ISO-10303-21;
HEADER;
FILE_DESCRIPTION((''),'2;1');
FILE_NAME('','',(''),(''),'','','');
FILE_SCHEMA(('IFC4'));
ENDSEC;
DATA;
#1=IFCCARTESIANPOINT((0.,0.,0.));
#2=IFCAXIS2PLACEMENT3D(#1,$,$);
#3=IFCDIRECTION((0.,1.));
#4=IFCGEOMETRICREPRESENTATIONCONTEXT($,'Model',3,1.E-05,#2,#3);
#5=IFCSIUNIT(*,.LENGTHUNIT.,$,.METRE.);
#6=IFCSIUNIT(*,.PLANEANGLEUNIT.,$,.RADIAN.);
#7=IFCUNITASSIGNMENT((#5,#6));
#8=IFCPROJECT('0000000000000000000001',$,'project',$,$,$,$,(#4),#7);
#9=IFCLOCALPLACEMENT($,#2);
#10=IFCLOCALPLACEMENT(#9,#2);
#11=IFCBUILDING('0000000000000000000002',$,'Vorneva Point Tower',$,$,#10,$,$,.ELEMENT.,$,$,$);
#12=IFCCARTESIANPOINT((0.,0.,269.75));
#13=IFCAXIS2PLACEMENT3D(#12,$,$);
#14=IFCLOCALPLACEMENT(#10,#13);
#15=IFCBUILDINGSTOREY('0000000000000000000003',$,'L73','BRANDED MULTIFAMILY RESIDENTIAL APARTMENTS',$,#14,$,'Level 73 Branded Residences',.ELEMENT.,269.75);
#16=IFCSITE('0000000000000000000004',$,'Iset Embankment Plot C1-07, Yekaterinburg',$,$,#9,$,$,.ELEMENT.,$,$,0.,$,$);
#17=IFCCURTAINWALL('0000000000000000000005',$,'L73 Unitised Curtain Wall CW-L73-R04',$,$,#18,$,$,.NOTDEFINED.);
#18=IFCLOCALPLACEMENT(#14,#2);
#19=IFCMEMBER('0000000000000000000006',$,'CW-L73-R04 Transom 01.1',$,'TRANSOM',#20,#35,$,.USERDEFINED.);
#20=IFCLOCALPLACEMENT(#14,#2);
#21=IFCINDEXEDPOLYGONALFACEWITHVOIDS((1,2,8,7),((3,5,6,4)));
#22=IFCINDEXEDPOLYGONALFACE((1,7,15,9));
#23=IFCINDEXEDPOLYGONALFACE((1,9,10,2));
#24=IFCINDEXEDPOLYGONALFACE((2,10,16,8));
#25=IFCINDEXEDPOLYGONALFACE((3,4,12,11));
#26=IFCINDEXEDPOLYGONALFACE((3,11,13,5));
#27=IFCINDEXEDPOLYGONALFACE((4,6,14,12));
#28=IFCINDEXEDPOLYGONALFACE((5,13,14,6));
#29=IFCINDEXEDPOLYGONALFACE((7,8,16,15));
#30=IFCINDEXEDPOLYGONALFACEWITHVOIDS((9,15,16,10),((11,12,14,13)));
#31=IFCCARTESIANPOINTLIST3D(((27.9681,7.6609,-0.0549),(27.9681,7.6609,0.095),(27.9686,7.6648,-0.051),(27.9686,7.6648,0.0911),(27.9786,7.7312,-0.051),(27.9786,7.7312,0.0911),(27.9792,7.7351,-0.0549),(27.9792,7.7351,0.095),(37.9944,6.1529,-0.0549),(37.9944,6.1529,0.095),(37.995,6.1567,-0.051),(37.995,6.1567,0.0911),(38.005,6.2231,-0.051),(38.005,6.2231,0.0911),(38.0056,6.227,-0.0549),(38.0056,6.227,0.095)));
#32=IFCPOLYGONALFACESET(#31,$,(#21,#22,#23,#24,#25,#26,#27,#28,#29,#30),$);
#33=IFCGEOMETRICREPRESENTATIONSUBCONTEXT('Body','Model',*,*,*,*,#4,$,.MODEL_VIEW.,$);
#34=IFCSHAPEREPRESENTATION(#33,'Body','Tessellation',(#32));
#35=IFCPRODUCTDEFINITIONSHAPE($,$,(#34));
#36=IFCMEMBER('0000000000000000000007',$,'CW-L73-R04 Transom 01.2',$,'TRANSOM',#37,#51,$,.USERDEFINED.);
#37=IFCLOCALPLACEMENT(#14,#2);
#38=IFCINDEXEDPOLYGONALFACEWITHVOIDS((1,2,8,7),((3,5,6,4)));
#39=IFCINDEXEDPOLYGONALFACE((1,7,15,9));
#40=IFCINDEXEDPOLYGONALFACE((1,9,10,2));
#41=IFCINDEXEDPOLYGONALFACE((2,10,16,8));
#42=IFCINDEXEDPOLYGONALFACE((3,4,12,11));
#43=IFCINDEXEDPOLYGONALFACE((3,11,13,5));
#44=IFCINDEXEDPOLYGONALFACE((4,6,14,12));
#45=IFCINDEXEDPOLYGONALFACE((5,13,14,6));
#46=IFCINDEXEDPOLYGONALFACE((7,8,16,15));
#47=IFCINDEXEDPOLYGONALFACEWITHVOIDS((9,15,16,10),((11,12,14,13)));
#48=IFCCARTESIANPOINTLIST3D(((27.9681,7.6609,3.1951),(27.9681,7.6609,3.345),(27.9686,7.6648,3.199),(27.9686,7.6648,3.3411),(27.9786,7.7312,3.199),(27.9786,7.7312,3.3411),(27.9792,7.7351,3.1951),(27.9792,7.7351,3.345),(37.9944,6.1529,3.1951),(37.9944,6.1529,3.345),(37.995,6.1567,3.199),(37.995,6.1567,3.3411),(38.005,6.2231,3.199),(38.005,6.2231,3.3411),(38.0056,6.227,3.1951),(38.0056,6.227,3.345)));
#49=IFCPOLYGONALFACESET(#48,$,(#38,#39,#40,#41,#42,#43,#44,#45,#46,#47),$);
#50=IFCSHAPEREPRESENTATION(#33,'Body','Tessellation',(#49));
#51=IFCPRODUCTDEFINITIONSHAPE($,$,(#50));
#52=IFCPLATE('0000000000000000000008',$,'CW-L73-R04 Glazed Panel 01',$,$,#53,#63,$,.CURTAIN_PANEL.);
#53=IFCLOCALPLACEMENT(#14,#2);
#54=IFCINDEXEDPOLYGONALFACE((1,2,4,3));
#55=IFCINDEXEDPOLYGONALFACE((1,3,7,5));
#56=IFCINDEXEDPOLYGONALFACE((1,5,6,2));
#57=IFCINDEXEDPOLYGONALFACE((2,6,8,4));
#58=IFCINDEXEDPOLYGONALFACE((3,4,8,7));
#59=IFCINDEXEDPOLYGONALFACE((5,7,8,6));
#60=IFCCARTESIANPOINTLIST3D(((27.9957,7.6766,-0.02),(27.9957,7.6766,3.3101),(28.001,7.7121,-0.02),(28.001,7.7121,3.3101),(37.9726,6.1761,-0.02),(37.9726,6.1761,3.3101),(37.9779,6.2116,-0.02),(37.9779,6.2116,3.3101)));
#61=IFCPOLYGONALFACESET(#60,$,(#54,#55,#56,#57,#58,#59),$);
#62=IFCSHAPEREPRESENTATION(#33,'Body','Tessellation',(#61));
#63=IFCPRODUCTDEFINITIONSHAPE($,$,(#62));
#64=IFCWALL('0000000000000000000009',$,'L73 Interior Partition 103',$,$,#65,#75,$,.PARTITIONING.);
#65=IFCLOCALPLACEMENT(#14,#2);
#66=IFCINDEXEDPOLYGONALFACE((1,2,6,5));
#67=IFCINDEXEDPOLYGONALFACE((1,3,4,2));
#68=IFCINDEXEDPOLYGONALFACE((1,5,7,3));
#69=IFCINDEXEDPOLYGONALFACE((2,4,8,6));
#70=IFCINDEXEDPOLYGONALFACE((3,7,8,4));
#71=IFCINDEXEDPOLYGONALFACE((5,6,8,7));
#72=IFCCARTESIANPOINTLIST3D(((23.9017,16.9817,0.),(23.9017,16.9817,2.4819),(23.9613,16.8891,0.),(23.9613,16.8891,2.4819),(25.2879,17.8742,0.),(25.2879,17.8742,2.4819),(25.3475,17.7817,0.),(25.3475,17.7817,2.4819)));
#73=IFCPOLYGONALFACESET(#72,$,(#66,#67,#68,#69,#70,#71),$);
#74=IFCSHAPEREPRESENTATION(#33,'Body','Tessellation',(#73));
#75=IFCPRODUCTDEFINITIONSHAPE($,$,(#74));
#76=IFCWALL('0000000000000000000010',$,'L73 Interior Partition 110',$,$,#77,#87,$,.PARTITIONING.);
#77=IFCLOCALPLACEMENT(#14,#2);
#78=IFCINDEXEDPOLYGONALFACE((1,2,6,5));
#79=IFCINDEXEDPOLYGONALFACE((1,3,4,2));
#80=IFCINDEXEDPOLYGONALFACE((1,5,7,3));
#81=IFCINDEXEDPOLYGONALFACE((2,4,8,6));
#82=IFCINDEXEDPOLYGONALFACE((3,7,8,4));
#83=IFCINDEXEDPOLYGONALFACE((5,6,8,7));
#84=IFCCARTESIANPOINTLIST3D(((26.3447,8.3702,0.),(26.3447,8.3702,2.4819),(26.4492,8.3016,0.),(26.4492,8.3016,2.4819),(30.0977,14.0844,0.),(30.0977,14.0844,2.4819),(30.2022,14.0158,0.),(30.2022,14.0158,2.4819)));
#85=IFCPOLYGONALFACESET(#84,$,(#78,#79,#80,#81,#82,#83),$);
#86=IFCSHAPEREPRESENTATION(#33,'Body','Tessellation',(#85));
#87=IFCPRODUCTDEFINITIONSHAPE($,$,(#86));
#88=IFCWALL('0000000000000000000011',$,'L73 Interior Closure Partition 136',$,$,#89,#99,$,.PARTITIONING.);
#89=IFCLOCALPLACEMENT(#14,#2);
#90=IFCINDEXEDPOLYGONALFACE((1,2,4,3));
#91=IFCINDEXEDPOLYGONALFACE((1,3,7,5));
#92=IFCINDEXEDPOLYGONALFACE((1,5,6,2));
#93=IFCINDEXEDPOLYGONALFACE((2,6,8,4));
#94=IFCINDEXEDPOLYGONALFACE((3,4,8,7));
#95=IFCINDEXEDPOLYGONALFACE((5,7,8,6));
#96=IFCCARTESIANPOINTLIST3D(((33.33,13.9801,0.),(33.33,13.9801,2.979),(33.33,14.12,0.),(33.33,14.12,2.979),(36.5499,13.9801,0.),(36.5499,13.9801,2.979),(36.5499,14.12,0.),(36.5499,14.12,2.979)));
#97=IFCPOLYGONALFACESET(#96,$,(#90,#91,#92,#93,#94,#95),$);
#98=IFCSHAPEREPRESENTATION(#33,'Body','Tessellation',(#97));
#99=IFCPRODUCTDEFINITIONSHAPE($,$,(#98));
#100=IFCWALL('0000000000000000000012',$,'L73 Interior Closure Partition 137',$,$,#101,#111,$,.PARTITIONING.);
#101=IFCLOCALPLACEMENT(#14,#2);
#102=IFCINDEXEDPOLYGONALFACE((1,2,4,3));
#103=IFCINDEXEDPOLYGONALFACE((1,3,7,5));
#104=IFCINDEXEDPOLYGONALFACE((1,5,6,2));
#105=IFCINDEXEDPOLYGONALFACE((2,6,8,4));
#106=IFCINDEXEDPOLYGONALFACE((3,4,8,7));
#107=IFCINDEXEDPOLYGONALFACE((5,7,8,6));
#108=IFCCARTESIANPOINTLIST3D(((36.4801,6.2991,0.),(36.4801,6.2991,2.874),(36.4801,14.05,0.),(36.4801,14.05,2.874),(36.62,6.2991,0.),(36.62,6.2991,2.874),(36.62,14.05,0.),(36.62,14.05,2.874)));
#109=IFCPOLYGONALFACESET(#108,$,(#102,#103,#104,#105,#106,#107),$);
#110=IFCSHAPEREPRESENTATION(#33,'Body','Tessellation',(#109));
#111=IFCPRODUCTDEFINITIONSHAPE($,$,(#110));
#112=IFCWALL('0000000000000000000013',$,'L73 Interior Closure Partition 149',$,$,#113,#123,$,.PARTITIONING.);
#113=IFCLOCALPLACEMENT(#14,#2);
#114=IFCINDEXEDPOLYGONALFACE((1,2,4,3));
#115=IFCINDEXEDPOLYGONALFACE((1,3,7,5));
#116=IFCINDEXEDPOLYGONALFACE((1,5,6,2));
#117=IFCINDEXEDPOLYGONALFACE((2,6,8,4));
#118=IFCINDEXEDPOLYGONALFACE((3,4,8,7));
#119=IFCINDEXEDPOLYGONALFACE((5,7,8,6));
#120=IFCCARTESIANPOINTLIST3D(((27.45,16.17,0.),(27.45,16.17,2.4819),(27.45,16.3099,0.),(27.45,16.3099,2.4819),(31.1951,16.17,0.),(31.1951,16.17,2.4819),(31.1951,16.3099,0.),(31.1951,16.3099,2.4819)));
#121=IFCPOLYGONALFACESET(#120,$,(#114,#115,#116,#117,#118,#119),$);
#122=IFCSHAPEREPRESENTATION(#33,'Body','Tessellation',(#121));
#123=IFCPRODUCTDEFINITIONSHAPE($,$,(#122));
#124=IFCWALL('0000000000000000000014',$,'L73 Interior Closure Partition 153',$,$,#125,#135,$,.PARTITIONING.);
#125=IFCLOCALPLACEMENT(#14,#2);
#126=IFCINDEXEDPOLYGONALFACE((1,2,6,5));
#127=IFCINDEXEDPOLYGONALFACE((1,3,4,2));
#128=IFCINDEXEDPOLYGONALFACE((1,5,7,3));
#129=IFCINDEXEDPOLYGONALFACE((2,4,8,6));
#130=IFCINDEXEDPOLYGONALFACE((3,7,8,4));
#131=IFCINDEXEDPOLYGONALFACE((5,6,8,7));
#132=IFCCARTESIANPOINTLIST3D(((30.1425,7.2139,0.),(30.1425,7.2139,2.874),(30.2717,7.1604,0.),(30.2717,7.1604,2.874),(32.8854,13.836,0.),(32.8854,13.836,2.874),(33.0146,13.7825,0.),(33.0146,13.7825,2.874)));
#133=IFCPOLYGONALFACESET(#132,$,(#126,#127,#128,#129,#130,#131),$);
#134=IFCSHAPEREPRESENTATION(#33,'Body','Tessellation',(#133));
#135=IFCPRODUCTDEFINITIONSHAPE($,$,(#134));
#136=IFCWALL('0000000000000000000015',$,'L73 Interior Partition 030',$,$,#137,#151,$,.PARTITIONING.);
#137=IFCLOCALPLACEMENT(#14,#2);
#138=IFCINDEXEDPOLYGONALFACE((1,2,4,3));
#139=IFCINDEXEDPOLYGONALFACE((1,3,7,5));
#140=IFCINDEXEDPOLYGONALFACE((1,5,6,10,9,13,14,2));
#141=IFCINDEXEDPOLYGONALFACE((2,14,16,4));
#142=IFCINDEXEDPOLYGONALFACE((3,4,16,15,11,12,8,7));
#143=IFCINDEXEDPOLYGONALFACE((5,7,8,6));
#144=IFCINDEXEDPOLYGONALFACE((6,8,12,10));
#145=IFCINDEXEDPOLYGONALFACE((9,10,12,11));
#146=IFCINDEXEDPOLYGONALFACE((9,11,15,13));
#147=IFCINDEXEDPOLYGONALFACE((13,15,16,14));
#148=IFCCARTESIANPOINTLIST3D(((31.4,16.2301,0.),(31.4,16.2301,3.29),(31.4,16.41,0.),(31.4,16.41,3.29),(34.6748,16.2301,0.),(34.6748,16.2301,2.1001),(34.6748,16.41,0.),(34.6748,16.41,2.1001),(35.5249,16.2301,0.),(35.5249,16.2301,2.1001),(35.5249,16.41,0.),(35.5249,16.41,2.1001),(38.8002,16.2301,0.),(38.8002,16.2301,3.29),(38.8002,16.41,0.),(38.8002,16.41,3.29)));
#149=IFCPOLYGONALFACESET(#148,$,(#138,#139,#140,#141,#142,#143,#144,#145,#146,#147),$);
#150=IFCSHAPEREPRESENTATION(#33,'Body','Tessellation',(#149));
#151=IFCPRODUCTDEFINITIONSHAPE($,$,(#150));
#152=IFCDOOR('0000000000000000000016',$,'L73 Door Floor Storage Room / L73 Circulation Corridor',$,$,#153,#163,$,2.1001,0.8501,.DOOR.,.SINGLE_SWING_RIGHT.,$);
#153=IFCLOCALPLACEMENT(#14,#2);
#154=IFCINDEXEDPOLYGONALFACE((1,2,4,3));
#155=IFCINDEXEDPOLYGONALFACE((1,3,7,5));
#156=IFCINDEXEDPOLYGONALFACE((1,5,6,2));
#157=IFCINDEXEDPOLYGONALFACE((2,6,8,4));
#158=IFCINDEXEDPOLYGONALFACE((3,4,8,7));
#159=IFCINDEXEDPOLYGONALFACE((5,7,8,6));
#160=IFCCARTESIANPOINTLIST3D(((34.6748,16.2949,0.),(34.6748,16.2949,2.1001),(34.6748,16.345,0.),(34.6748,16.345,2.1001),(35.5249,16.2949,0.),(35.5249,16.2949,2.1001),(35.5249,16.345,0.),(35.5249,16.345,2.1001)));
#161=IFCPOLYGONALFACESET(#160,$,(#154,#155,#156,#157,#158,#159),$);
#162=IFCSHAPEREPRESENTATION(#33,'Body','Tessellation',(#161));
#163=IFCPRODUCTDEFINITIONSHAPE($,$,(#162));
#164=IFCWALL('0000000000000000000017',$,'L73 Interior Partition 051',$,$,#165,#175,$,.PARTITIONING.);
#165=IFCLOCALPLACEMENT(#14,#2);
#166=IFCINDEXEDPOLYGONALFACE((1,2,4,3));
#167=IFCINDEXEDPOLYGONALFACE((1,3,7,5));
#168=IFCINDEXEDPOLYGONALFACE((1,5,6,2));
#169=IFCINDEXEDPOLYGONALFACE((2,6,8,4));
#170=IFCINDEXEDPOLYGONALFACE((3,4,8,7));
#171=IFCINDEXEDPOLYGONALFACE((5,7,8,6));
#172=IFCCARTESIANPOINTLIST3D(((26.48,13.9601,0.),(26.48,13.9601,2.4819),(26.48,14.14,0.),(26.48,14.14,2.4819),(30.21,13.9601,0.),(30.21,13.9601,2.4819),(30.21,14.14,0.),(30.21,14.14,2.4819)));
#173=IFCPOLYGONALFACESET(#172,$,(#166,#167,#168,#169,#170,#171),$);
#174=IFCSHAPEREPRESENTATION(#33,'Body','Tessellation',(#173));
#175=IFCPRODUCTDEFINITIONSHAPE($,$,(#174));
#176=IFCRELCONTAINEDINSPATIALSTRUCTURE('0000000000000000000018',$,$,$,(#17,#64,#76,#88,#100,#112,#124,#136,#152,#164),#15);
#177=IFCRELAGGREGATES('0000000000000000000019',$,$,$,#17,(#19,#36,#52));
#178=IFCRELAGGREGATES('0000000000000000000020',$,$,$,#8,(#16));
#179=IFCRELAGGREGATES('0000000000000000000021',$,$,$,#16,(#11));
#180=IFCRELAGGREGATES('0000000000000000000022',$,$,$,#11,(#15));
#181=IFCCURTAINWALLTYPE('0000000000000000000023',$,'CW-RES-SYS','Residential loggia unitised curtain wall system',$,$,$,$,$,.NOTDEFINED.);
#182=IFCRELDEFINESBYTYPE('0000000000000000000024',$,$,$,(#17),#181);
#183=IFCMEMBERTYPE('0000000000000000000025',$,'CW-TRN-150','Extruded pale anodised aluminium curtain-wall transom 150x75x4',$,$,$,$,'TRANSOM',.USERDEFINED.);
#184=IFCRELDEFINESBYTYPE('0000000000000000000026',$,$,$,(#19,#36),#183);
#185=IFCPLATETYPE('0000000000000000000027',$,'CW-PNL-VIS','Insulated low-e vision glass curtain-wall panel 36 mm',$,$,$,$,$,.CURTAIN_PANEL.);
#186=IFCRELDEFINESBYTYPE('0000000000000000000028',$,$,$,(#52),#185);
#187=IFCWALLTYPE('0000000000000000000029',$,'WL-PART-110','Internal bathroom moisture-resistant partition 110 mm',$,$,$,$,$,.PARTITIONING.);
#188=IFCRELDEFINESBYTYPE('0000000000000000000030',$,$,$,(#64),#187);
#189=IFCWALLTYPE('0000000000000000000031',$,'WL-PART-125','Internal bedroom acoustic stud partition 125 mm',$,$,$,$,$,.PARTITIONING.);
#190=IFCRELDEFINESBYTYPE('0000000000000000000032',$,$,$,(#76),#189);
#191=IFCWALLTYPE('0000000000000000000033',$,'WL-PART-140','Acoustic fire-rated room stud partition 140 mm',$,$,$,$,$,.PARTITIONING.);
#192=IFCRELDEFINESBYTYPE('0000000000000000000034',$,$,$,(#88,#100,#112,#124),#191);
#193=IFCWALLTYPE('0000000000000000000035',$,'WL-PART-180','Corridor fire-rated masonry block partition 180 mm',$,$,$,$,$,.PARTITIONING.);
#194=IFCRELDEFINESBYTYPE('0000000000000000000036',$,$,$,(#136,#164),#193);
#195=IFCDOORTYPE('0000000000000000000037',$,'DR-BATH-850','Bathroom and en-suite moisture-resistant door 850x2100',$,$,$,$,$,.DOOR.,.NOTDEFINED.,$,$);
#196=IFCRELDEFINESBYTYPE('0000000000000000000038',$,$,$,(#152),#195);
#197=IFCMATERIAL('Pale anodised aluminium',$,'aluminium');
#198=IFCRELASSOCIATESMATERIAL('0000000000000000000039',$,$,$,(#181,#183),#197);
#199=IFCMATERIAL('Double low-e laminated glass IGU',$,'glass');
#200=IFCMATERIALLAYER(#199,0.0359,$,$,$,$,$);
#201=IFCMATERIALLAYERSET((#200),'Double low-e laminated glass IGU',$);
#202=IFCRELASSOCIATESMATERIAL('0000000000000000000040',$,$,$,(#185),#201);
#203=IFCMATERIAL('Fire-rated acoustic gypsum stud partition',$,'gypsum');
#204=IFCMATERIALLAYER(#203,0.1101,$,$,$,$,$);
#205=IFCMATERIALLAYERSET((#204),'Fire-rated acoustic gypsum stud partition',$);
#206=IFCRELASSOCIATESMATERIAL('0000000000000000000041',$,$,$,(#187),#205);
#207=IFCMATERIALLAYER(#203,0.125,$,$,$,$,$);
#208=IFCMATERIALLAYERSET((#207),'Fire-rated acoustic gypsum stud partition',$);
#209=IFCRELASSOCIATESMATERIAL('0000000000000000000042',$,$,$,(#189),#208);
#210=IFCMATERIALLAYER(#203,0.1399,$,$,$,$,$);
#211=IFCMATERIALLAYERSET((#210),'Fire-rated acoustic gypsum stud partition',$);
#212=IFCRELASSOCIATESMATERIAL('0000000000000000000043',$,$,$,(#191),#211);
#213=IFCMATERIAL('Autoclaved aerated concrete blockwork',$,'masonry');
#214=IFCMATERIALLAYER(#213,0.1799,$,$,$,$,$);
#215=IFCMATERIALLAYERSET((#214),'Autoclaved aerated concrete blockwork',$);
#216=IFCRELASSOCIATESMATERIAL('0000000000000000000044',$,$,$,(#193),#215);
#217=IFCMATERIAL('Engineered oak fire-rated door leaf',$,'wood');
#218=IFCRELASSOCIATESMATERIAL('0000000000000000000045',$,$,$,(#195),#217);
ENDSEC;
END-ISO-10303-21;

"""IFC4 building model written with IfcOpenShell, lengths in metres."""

from ifc_helpers import new_model, si_unit, direction, frame, frame_2d, origin, origin_2d, place, context, subcontext, project, spatial, rectangle, hollow_rectangle, extrude, material, layer, layer_set, material_profile, profile_set, type_object, element, fill, aggregate, save


model = new_model("IFC4")

# Units and contexts
model_context = context("Model", 3, precision=1e-05, world=origin(), true_north=direction((0.0, 1.0)))
body_context = subcontext(model_context, "Body", "Model", "MODEL_VIEW")
ifc_project = project(units=[si_unit("LENGTHUNIT", "METRE"), si_unit("PLANEANGLEUNIT", "RADIAN")], contexts=[model_context])

# Site, building, storey
site_placement = place(None, origin())
site = spatial("IfcSite", under=ifc_project, at=site_placement, Name="Iset Embankment Plot C1-07, Yekaterinburg", CompositionType="ELEMENT", RefElevation=0.0)
building_placement = place(site_placement, origin())
building = spatial("IfcBuilding", under=site, at=building_placement, Name="Vorneva Point Tower", CompositionType="ELEMENT")
storey_placement = place(building_placement, frame((0.0, 0.0, 269.75)))
storey = spatial("IfcBuildingStorey", under=building, at=storey_placement, Name="L73", Description="BRANDED MULTIFAMILY RESIDENTIAL APARTMENTS", LongName="Level 73 Branded Residences", CompositionType="ELEMENT", Elevation=269.75)

# Curtain wall, members, plate
ifc_material_1 = material(Name="Pale anodised aluminium", Category="aluminium")
curtain_wall_type = type_object("IfcCurtainWallType", Name="CW-RES-SYS", Description="Residential loggia unitised curtain wall system", PredefinedType="NOTDEFINED", material=ifc_material_1)
curtain_wall_placement = place(storey_placement, origin())
curtain_wall = element("IfcCurtainWall", 1, at=curtain_wall_placement, inside=storey, type_object=curtain_wall_type, Name="L73 Unitised Curtain Wall CW-L73-R04", PredefinedType="NOTDEFINED")
ifc_material_profile_1 = material_profile(ifc_material_1, hollow_rectangle(XDim=0.075, YDim=0.1499, WallThickness=0.0039, at=origin_2d()), Name="AL-TRN 150x75x4")
ifc_profile_set_1 = profile_set([ifc_material_profile_1], Name="Pale anodised aluminium")
member_type_1 = type_object("IfcMemberType", Name="CW-TRN-150", Description="Extruded pale anodised aluminium curtain-wall transom 150x75x4", ElementType="TRANSOM", PredefinedType="USERDEFINED", material=ifc_profile_set_1)
member_1_placement = place(storey_placement, frame((27.9736, 7.698, 0.02), z_axis=(0.988877, -0.148736, 0.0), x_axis=(0.148736, 0.988877, 0.0)))
member_1 = element("IfcMember", 2, at=member_1_placement, type_object=member_type_1, Name="CW-L73-R04 Transom 01.1", ObjectType="TRANSOM", PredefinedType="USERDEFINED", context=body_context, shape_type="SweptSolid", body=[
    extrude(hollow_rectangle(XDim=0.075, YDim=0.1499, WallThickness=0.0039, at=origin_2d()), origin(), (0.0, 0.0, 1.0), 10.1392),
])
member_2_placement = place(storey_placement, frame((27.9736, 7.698, 3.27), z_axis=(0.988877, -0.148736, 0.0), x_axis=(0.148736, 0.988877, 0.0)))
member_2 = element("IfcMember", 3, at=member_2_placement, type_object=member_type_1, Name="CW-L73-R04 Transom 01.2", ObjectType="TRANSOM", PredefinedType="USERDEFINED", context=body_context, shape_type="SweptSolid", body=[
    extrude(hollow_rectangle(XDim=0.075, YDim=0.1499, WallThickness=0.0039, at=origin_2d()), origin(), (0.0, 0.0, 1.0), 10.1392),
])
ifc_material_2 = material(Name="Double low-e laminated glass IGU", Category="glass")
ifc_layer_1 = layer(ifc_material_2, 0.0359)
ifc_layer_set_1 = layer_set([ifc_layer_1], Name="Double low-e laminated glass IGU")
plate_type = type_object("IfcPlateType", Name="CW-PNL-VIS", Description="Insulated low-e vision glass curtain-wall panel 36 mm", PredefinedType="CURTAIN_PANEL", material=ifc_layer_set_1)
plate_placement = place(storey_placement, frame((32.9868, 6.9441, -0.02), z_axis=(0.0, 0.0, 1.0), x_axis=(0.988879, -0.148724, 0.0)))
plate = element("IfcPlate", 4, at=plate_placement, type_object=plate_type, Name="CW-L73-R04 Glazed Panel 01", PredefinedType="CURTAIN_PANEL", context=body_context, shape_type="SweptSolid", body=[
    extrude(rectangle(XDim=10.0891, YDim=0.0359, at=origin_2d()), origin(), (0.0, 0.0, 1.0), 3.3301),
])
aggregate(curtain_wall, [member_1, member_2, plate])

# Walls
ifc_material_3 = material(Name="Fire-rated acoustic gypsum stud partition", Category="gypsum")
ifc_layer_2 = layer(ifc_material_3, 0.1101)
ifc_layer_set_2 = layer_set([ifc_layer_2], Name="Fire-rated acoustic gypsum stud partition")
wall_type_1 = type_object("IfcWallType", Name="WL-PART-110", Description="Internal bathroom moisture-resistant partition 110 mm", PredefinedType="PARTITIONING", material=ifc_layer_set_2)
wall_1_placement = place(storey_placement, frame((25.3176, 17.8279, 0.0), z_axis=(0.0, 0.0, 1.0), x_axis=(-0.840784, -0.541371, 0.0)))
element("IfcWall", 5, at=wall_1_placement, inside=storey, type_object=wall_type_1, Name="L73 Interior Partition 103", PredefinedType="PARTITIONING", context=body_context, shape_type="SweptSolid", body=[
    extrude(rectangle(XDim=1.6487, YDim=0.1101, at=frame_2d((0.8242, 0.0))), origin(), (0.0, 0.0, 1.0), 2.4819),
])
ifc_layer_3 = layer(ifc_material_3, 0.125)
ifc_layer_set_3 = layer_set([ifc_layer_3], Name="Fire-rated acoustic gypsum stud partition")
wall_type_2 = type_object("IfcWallType", Name="WL-PART-125", Description="Internal bedroom acoustic stud partition 125 mm", PredefinedType="PARTITIONING", material=ifc_layer_set_3)
wall_2_placement = place(storey_placement, frame((26.397, 8.3359, 0.0), z_axis=(0.0, 0.0, 1.0), x_axis=(0.548968, 0.835844, 0.0)))
element("IfcWall", 6, at=wall_2_placement, inside=storey, type_object=wall_type_2, Name="L73 Interior Partition 110", PredefinedType="PARTITIONING", context=body_context, shape_type="SweptSolid", body=[
    extrude(rectangle(XDim=6.8364, YDim=0.125, at=frame_2d((3.4182, 0.0))), origin(), (0.0, 0.0, 1.0), 2.4819),
])
ifc_layer_4 = layer(ifc_material_3, 0.1399)
ifc_layer_set_4 = layer_set([ifc_layer_4], Name="Fire-rated acoustic gypsum stud partition")
wall_type_3 = type_object("IfcWallType", Name="WL-PART-140", Description="Acoustic fire-rated room stud partition 140 mm", PredefinedType="PARTITIONING", material=ifc_layer_set_4)
wall_3_placement = place(storey_placement, frame((33.3301, 14.05, 0.0), z_axis=(0.0, 0.0, 1.0), x_axis=(1.0, 0.0, 0.0)))
element("IfcWall", 7, at=wall_3_placement, inside=storey, type_object=wall_type_3, Name="L73 Interior Closure Partition 136", PredefinedType="PARTITIONING", context=body_context, shape_type="SweptSolid", body=[
    extrude(rectangle(XDim=3.22, YDim=0.1399, at=frame_2d((1.6099, 0.0))), origin(), (0.0, 0.0, 1.0), 2.979),
])
wall_4_placement = place(storey_placement, frame((36.55, 14.05, 0.0), z_axis=(0.0, 0.0, 1.0), x_axis=(0.0, -1.0, 0.0)))
element("IfcWall", 8, at=wall_4_placement, inside=storey, type_object=wall_type_3, Name="L73 Interior Closure Partition 137", PredefinedType="PARTITIONING", context=body_context, shape_type="SweptSolid", body=[
    extrude(rectangle(XDim=7.751, YDim=0.1399, at=frame_2d((3.8755, 0.0))), origin(), (0.0, 0.0, 1.0), 2.874),
])
wall_5_placement = place(storey_placement, frame((27.45, 16.24, 0.0), z_axis=(0.0, 0.0, 1.0), x_axis=(1.0, 0.0, 0.0)))
element("IfcWall", 9, at=wall_5_placement, inside=storey, type_object=wall_type_3, Name="L73 Interior Closure Partition 149", PredefinedType="PARTITIONING", context=body_context, shape_type="SweptSolid", body=[
    extrude(rectangle(XDim=3.7451, YDim=0.1399, at=frame_2d((1.8726, 0.0))), origin(), (0.0, 0.0, 1.0), 2.4819),
])
wall_6_placement = place(storey_placement, frame((30.207, 7.187, 0.0), z_axis=(0.0, 0.0, 1.0), x_axis=(0.38268, 0.923881, 0.0)))
element("IfcWall", 10, at=wall_6_placement, inside=storey, type_object=wall_type_3, Name="L73 Interior Closure Partition 153", PredefinedType="PARTITIONING", context=body_context, shape_type="SweptSolid", body=[
    extrude(rectangle(XDim=7.1677, YDim=0.1399, at=frame_2d((3.584, 0.0))), origin(), (0.0, 0.0, 1.0), 2.874),
])

# Wall, opening, door
ifc_material_4 = material(Name="Autoclaved aerated concrete blockwork", Category="masonry")
ifc_layer_5 = layer(ifc_material_4, 0.1799)
ifc_layer_set_5 = layer_set([ifc_layer_5], Name="Autoclaved aerated concrete blockwork")
wall_type_4 = type_object("IfcWallType", Name="WL-PART-180", Description="Corridor fire-rated masonry block partition 180 mm", PredefinedType="PARTITIONING", material=ifc_layer_set_5)
wall_7_placement = place(storey_placement, frame((31.3999, 16.3201, 0.0), z_axis=(0.0, 0.0, 1.0), x_axis=(1.0, 0.0, 0.0)))
wall_7 = element("IfcWall", 11, at=wall_7_placement, inside=storey, type_object=wall_type_4, Name="L73 Interior Partition 030", PredefinedType="PARTITIONING", context=body_context, shape_type="SweptSolid", body=[
    extrude(rectangle(XDim=7.4001, YDim=0.1799, at=frame_2d((3.7002, 0.0))), origin(), (0.0, 0.0, 1.0), 3.29),
])
opening_1_placement = place(wall_7_placement, frame((3.2749, 0.0, 0.0)))
opening_1 = element("IfcOpeningElement", 12, at=opening_1_placement, cuts=wall_7, PredefinedType="OPENING", context=body_context, shape_type="SweptSolid", body=[
    extrude(rectangle(XDim=0.8501, YDim=2.1001, at=frame_2d((0.425, 1.05))), frame((0.0, 0.105, 0.0), z_axis=(0.0, -1.0, 0.0), x_axis=(1.0, 0.0, 0.0)), (0.0, 0.0, 1.0), 0.2097),
])
ifc_material_5 = material(Name="Engineered oak fire-rated door leaf", Category="wood")
door_type = type_object("IfcDoorType", Name="DR-BATH-850", Description="Bathroom and en-suite moisture-resistant door 850x2100", OperationType="NOTDEFINED", PredefinedType="DOOR", material=ifc_material_5)
door_1_placement = place(opening_1_placement, origin())
door_1 = element("IfcDoor", 13, at=door_1_placement, inside=storey, type_object=door_type, Name="L73 Door Floor Storage Room / L73 Circulation Corridor", OperationType="SINGLE_SWING_RIGHT", OverallHeight=2.1001, OverallWidth=0.8501, PredefinedType="DOOR", context=body_context, shape_type="SweptSolid", body=[
    extrude(rectangle(XDim=0.8501, YDim=2.1001, at=frame_2d((0.425, 1.05))), frame((0.0, 0.0249, 0.0), z_axis=(0.0, -1.0, 0.0), x_axis=(1.0, 0.0, 0.0)), (0.0, 0.0, 1.0), 0.05),
])
fill(opening_1, door_1)

# Wall
wall_8_placement = place(storey_placement, frame((26.48, 14.05, 0.0), z_axis=(0.0, 0.0, 1.0), x_axis=(1.0, 0.0, 0.0)))
element("IfcWall", 14, at=wall_8_placement, inside=storey, type_object=wall_type_4, Name="L73 Interior Partition 051", PredefinedType="PARTITIONING", context=body_context, shape_type="SweptSolid", body=[
    extrude(rectangle(XDim=3.73, YDim=0.1799, at=frame_2d((1.865, 0.0))), origin(), (0.0, 0.0, 1.0), 2.4819),
])

save(model, "model.ifc")
